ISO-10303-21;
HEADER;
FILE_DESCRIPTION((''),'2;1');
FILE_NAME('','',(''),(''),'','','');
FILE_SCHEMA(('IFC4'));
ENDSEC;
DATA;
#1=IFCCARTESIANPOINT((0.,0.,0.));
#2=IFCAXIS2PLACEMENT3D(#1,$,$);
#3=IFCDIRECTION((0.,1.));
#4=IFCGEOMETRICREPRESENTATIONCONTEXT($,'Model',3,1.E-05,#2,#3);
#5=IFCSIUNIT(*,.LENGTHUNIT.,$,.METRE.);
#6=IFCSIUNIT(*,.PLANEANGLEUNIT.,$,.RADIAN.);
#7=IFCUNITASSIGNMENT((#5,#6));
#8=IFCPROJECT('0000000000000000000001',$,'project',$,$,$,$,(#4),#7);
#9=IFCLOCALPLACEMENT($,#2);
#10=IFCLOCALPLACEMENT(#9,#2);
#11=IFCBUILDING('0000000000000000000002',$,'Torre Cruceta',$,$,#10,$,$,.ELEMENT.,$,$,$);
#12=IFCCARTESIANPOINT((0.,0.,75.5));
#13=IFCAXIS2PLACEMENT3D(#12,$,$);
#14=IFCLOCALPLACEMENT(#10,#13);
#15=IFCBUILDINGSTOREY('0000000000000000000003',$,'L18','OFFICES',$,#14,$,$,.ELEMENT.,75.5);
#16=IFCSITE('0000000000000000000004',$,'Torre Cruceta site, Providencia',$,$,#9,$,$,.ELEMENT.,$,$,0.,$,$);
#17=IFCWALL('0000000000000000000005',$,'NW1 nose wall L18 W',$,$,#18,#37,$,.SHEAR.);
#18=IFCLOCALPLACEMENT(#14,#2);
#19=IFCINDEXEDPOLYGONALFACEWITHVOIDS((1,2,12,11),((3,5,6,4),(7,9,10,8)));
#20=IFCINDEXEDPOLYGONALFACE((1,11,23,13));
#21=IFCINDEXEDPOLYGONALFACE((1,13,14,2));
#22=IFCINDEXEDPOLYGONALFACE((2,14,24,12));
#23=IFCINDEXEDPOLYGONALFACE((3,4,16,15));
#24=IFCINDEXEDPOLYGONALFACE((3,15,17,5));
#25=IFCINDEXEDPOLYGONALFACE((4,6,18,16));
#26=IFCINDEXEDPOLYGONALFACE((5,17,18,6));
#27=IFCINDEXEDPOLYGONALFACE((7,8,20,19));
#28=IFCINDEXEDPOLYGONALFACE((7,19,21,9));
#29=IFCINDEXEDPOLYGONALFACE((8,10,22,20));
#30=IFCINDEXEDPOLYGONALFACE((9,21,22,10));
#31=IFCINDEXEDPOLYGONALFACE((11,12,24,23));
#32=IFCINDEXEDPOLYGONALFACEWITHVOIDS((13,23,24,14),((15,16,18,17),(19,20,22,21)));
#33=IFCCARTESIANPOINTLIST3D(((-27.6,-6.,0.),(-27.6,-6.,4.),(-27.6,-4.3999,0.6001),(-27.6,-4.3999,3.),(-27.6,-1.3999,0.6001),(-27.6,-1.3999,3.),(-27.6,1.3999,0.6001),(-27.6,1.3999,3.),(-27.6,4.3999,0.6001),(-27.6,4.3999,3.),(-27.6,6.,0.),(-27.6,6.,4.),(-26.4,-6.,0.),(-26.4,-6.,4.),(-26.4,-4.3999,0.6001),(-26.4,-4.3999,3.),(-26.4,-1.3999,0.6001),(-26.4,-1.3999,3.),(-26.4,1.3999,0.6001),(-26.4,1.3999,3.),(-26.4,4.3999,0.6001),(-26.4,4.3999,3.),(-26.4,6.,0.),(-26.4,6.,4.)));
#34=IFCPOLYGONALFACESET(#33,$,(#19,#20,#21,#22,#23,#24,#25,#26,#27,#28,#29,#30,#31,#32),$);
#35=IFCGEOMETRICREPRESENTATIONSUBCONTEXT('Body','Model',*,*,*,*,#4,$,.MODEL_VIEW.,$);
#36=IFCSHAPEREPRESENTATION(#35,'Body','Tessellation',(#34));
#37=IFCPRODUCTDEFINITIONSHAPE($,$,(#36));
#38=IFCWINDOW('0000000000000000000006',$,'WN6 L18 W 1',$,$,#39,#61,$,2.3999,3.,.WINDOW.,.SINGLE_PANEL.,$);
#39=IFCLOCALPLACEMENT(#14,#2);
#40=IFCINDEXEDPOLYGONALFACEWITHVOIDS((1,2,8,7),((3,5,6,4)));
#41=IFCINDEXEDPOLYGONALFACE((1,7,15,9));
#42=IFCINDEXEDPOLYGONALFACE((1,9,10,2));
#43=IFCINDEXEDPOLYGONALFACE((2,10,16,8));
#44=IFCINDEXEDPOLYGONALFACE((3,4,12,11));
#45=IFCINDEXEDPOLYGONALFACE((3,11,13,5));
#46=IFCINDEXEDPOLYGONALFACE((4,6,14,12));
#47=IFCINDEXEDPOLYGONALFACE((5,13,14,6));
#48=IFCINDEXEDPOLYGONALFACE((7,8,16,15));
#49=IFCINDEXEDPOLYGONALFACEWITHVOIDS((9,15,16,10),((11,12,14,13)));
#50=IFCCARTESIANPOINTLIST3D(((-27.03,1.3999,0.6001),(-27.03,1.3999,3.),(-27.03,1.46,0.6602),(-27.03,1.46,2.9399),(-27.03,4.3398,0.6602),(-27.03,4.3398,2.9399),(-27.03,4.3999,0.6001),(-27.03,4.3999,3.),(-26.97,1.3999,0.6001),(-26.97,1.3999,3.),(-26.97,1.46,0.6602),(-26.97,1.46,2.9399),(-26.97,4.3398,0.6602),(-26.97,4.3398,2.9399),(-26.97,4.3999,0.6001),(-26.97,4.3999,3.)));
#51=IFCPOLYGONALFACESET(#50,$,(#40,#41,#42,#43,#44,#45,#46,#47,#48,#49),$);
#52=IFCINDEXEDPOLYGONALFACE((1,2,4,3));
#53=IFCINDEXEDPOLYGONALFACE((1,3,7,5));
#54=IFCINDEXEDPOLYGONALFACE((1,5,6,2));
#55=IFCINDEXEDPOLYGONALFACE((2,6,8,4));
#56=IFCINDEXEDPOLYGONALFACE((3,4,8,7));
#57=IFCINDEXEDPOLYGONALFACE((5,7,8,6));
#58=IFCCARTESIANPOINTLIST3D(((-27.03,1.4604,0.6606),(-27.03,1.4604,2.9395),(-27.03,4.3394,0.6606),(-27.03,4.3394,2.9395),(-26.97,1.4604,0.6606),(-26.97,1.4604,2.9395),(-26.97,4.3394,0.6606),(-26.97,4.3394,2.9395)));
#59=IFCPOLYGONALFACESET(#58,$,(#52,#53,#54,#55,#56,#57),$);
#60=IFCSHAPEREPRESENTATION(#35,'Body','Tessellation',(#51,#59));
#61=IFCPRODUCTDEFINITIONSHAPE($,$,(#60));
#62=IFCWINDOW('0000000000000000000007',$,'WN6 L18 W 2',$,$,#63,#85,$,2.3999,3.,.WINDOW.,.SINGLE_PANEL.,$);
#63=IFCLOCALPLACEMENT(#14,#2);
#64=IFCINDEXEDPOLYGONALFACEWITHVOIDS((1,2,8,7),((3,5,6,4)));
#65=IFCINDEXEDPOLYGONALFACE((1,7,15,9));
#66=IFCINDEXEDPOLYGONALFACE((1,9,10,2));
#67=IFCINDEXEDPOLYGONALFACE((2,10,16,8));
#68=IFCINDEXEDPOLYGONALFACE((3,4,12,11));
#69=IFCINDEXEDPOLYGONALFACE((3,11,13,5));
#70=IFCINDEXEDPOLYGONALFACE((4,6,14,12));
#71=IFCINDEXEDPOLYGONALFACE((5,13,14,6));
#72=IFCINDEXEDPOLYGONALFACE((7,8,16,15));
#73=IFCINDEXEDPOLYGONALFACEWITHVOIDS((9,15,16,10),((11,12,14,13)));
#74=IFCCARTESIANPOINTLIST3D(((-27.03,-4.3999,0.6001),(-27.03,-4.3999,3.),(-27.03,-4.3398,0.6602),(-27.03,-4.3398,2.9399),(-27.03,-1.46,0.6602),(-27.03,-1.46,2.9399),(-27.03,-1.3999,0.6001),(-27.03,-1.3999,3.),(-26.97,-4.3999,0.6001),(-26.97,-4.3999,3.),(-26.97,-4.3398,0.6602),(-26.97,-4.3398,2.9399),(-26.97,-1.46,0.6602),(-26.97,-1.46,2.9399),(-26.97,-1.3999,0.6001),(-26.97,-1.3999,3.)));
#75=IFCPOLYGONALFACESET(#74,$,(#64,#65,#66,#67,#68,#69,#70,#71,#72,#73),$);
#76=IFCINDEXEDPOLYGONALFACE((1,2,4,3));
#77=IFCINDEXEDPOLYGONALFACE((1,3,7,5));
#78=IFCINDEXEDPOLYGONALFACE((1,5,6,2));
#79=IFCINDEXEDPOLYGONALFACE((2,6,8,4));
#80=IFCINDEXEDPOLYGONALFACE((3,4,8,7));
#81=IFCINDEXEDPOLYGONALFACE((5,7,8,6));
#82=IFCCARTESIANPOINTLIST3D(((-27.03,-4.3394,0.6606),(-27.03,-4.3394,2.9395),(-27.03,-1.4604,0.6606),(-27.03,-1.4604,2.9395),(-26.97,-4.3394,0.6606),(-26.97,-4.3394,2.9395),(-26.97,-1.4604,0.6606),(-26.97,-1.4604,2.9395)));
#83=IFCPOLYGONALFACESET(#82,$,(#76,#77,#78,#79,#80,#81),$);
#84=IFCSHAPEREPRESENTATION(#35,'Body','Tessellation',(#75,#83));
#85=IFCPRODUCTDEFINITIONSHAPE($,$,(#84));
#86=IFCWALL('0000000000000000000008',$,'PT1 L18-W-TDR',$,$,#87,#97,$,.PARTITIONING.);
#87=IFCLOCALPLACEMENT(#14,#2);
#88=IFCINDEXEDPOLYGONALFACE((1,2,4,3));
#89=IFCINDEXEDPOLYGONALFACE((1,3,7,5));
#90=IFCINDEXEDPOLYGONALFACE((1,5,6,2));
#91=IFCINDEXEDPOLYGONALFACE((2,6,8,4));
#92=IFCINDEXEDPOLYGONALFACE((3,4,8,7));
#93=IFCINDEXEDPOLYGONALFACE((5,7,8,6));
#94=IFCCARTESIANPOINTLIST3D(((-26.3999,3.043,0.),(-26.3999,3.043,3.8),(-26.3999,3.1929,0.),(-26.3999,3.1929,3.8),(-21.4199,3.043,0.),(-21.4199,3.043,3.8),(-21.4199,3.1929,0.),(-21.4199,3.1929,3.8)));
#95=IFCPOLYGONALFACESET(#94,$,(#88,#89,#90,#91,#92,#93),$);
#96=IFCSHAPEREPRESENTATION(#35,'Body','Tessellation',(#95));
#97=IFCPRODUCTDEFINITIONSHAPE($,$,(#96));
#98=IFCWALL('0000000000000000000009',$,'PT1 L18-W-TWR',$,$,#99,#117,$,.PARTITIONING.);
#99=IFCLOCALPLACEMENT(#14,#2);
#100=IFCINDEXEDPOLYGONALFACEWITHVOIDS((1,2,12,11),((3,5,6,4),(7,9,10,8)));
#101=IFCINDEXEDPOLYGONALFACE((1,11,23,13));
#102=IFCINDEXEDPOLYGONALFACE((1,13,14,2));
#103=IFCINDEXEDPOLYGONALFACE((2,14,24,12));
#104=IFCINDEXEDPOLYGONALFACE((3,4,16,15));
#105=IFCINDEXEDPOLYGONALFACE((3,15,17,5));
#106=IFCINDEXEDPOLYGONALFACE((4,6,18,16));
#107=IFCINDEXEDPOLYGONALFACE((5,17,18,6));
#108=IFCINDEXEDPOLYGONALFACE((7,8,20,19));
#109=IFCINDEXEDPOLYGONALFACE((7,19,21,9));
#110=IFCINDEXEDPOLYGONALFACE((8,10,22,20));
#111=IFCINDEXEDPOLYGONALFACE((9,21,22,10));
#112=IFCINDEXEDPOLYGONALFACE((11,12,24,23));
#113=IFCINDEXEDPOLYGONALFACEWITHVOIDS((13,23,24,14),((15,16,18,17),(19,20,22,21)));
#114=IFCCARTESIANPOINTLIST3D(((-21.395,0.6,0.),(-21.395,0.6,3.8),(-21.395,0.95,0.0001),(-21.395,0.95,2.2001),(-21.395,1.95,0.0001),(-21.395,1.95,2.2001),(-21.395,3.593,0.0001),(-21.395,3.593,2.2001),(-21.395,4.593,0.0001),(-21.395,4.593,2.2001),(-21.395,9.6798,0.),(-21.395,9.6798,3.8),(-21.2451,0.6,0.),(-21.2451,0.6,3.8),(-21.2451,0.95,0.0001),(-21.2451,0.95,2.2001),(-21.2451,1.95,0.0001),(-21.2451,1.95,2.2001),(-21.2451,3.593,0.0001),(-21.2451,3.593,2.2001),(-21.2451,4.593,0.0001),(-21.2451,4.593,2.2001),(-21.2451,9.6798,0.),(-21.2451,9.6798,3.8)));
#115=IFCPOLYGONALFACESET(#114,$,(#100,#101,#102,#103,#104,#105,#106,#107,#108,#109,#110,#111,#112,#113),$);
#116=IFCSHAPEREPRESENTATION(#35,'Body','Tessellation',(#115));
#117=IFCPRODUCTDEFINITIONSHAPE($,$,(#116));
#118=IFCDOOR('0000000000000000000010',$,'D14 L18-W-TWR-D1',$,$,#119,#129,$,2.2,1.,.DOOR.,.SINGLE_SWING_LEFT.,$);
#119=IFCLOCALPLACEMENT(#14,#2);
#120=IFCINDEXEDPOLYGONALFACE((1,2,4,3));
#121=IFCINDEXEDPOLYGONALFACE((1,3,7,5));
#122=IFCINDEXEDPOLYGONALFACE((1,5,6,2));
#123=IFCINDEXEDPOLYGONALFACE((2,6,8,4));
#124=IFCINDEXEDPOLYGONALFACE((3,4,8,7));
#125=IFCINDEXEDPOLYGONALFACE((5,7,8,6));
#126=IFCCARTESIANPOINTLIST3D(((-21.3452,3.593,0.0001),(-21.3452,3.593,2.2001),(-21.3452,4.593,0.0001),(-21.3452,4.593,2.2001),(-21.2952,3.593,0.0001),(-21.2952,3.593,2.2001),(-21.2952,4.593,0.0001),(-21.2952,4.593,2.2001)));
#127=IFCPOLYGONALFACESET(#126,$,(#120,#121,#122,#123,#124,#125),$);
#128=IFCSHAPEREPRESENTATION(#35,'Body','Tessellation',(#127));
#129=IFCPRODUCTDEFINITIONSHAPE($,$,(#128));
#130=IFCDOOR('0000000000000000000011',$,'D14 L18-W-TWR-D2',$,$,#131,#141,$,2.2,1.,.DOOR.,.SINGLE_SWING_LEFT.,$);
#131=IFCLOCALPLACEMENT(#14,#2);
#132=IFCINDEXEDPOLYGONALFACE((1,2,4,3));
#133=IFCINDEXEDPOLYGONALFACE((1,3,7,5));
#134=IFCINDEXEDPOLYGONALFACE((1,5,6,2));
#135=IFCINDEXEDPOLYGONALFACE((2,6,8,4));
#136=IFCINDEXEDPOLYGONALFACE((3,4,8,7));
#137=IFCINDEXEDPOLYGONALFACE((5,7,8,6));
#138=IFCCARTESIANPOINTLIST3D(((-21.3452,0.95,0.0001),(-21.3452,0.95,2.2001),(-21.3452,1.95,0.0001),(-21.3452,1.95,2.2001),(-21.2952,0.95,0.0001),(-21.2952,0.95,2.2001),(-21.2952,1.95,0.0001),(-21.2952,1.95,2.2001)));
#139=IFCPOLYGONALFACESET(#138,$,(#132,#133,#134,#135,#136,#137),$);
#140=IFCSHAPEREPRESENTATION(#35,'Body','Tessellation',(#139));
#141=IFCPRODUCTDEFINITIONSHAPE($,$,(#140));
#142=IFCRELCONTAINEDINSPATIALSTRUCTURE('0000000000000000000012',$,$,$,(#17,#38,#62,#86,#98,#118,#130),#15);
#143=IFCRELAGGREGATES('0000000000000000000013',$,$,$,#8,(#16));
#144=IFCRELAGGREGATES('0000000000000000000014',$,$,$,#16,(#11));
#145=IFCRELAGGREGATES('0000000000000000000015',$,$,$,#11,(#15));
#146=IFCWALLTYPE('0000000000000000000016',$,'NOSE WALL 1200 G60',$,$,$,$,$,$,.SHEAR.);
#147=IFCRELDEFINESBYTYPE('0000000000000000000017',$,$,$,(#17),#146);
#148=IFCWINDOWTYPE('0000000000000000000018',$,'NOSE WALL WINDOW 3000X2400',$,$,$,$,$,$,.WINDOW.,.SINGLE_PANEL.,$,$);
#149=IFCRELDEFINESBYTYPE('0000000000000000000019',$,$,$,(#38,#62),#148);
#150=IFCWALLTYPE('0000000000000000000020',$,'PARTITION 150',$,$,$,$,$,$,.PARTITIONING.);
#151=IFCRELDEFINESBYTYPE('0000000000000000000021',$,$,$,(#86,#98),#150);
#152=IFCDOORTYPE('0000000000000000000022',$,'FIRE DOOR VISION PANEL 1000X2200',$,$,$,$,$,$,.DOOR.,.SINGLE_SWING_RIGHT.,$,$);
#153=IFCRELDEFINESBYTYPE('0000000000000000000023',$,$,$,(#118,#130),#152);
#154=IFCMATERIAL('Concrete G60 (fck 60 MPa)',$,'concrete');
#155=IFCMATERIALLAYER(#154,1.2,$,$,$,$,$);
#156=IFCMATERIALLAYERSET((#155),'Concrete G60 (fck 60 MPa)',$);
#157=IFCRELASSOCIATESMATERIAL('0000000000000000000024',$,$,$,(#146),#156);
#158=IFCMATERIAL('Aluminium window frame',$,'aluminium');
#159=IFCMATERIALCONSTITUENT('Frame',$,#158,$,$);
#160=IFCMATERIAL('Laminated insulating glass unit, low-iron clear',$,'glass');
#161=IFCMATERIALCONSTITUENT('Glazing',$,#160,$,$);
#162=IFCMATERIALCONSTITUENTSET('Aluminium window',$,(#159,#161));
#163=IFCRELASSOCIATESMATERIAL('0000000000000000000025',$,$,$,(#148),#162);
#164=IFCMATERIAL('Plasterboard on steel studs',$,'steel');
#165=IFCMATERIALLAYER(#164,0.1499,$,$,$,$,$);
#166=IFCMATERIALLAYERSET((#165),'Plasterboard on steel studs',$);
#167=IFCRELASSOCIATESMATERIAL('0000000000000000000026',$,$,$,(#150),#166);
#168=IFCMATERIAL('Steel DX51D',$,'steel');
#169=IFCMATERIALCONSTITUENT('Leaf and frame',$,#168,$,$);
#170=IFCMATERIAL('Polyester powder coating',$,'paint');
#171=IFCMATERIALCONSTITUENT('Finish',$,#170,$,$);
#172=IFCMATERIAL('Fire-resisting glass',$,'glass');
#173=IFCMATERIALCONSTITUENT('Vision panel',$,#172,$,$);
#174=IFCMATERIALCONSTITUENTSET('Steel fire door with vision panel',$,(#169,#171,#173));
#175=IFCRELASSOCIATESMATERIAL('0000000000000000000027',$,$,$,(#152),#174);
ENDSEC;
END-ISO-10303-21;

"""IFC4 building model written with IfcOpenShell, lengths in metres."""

from ifc_helpers import new_model, si_unit, direction, frame, frame_2d, origin, place, context, subcontext, project, spatial, rectangle, hollow_rectangle, extrude, material, layer, layer_set, constituent, constituent_set, type_object, element, fill, save


model = new_model("IFC4")

# Units and contexts
model_context = context("Model", 3, precision=1e-05, world=origin(), true_north=direction((0.0, 1.0)))
body_context = subcontext(model_context, "Body", "Model", "MODEL_VIEW")
ifc_project = project(units=[si_unit("LENGTHUNIT", "METRE"), si_unit("PLANEANGLEUNIT", "RADIAN")], contexts=[model_context])

# Site, building, storey
site_placement = place(None, origin())
site = spatial("IfcSite", under=ifc_project, at=site_placement, Name="Torre Cruceta site, Providencia", CompositionType="ELEMENT", RefElevation=0.0)
building_placement = place(site_placement, origin())
building = spatial("IfcBuilding", under=site, at=building_placement, Name="Torre Cruceta", CompositionType="ELEMENT")
storey_placement = place(building_placement, frame((0.0, 0.0, 75.5)))
storey = spatial("IfcBuildingStorey", under=building, at=storey_placement, Name="L18", Description="OFFICES", CompositionType="ELEMENT", Elevation=75.5)

# Wall, openings, windows
ifc_material_1 = material(Name="Concrete G60 (fck 60 MPa)", Category="concrete")
ifc_layer_1 = layer(ifc_material_1, 1.2)
ifc_layer_set_1 = layer_set([ifc_layer_1], Name="Concrete G60 (fck 60 MPa)")
wall_type_1 = type_object("IfcWallType", Name="NOSE WALL 1200 G60", PredefinedType="SHEAR", material=ifc_layer_set_1)
wall_1_placement = place(storey_placement, frame((-27.0, 6.0, 0.0), z_axis=(0.0, 0.0, 1.0), x_axis=(0.0, -1.0, 0.0)))
wall_1 = element("IfcWall", 1, at=wall_1_placement, inside=storey, type_object=wall_type_1, Name="NW1 nose wall L18 W", PredefinedType="SHEAR", context=body_context, shape_type="SweptSolid", body=[
    extrude(rectangle(XDim=12.0, YDim=1.2, at=frame_2d((6.0, 0.0))), origin(), (0.0, 0.0, 1.0), 4.0),
])
opening_1_placement = place(wall_1_placement, frame((1.6001, 0.0, 0.6001)))
opening_1 = element("IfcOpeningElement", 2, at=opening_1_placement, cuts=wall_1, PredefinedType="OPENING", context=body_context, shape_type="SweptSolid", body=[
    extrude(rectangle(XDim=3.0, YDim=2.3999, at=frame_2d((1.5, 1.2))), frame((0.0, 0.6099, 0.0), z_axis=(0.0, -1.0, 0.0), x_axis=(1.0, 0.0, 0.0)), (0.0, 0.0, 1.0), 1.22),
])
opening_2_placement = place(wall_1_placement, frame((7.3999, 0.0, 0.6001)))
opening_2 = element("IfcOpeningElement", 3, at=opening_2_placement, cuts=wall_1, PredefinedType="OPENING", context=body_context, shape_type="SweptSolid", body=[
    extrude(rectangle(XDim=3.0, YDim=2.3999, at=frame_2d((1.5, 1.2))), frame((0.0, 0.6099, 0.0), z_axis=(0.0, -1.0, 0.0), x_axis=(1.0, 0.0, 0.0)), (0.0, 0.0, 1.0), 1.22),
])
ifc_material_2 = material(Name="Aluminium window frame", Category="aluminium")
ifc_constituent_1 = constituent(ifc_material_2, Name="Frame")
ifc_material_3 = material(Name="Laminated insulating glass unit, low-iron clear", Category="glass")
ifc_constituent_2 = constituent(ifc_material_3, Name="Glazing")
ifc_constituent_set_1 = constituent_set(constituents=[ifc_constituent_1, ifc_constituent_2], Name="Aluminium window")
window_type_1 = type_object("IfcWindowType", Name="NOSE WALL WINDOW 3000X2400", PartitioningType="SINGLE_PANEL", PredefinedType="WINDOW", material=ifc_constituent_set_1)
window_1_placement = place(opening_1_placement, origin())
window_1 = element("IfcWindow", 4, at=window_1_placement, inside=storey, type_object=window_type_1, Name="WN6 L18 W 1", OverallHeight=2.3999, OverallWidth=3.0, PartitioningType="SINGLE_PANEL", PredefinedType="WINDOW", context=body_context, shape_type="SweptSolid", body=[
    extrude(hollow_rectangle(XDim=3.0, YDim=2.3999, WallThickness=0.0601, at=frame_2d((1.5, 1.2))), frame((0.0, 0.03, 0.0), z_axis=(0.0, -1.0, 0.0), x_axis=(1.0, 0.0, 0.0)), (0.0, 0.0, 1.0), 0.0601),
    extrude(rectangle(XDim=2.8789, YDim=2.2788, at=frame_2d((1.5, 1.2))), frame((0.0, 0.03, 0.0), z_axis=(0.0, -1.0, 0.0), x_axis=(1.0, 0.0, 0.0)), (0.0, 0.0, 1.0), 0.0601),
])
fill(opening_1, window_1)
window_2_placement = place(opening_2_placement, origin())
window_2 = element("IfcWindow", 5, at=window_2_placement, inside=storey, type_object=window_type_1, Name="WN6 L18 W 2", OverallHeight=2.3999, OverallWidth=3.0, PartitioningType="SINGLE_PANEL", PredefinedType="WINDOW", context=body_context, shape_type="SweptSolid", body=[
    extrude(hollow_rectangle(XDim=3.0, YDim=2.3999, WallThickness=0.0601, at=frame_2d((1.5, 1.2))), frame((0.0, 0.03, 0.0), z_axis=(0.0, -1.0, 0.0), x_axis=(1.0, 0.0, 0.0)), (0.0, 0.0, 1.0), 0.0601),
    extrude(rectangle(XDim=2.8789, YDim=2.2788, at=frame_2d((1.5, 1.2))), frame((0.0, 0.03, 0.0), z_axis=(0.0, -1.0, 0.0), x_axis=(1.0, 0.0, 0.0)), (0.0, 0.0, 1.0), 0.0601),
])
fill(opening_2, window_2)

# Wall
ifc_material_4 = material(Name="Plasterboard on steel studs", Category="steel")
ifc_layer_2 = layer(ifc_material_4, 0.1499)
ifc_layer_set_2 = layer_set([ifc_layer_2], Name="Plasterboard on steel studs")
wall_type_2 = type_object("IfcWallType", Name="PARTITION 150", PredefinedType="PARTITIONING", material=ifc_layer_set_2)
wall_2_placement = place(storey_placement, frame((-21.4199, 3.1179, 0.0), z_axis=(0.0, 0.0, 1.0), x_axis=(-1.0, 0.0, 0.0)))
element("IfcWall", 6, at=wall_2_placement, inside=storey, type_object=wall_type_2, Name="PT1 L18-W-TDR", PredefinedType="PARTITIONING", context=body_context, shape_type="SweptSolid", body=[
    extrude(rectangle(XDim=4.98, YDim=0.1499, at=frame_2d((2.49, 0.0))), origin(), (0.0, 0.0, 1.0), 3.8),
])

# Wall, openings, doors
wall_3_placement = place(storey_placement, frame((-21.3201, 9.6799, 0.0), z_axis=(0.0, 0.0, 1.0), x_axis=(0.0, -1.0, 0.0)))
wall_3 = element("IfcWall", 7, at=wall_3_placement, inside=storey, type_object=wall_type_2, Name="PT1 L18-W-TWR", PredefinedType="PARTITIONING", context=body_context, shape_type="SweptSolid", body=[
    extrude(rectangle(XDim=9.0798, YDim=0.1499, at=frame_2d((4.54, 0.0))), origin(), (0.0, 0.0, 1.0), 3.8),
])
opening_3_placement = place(wall_3_placement, frame((5.0869, 0.0, 0.0)))
opening_3 = element("IfcOpeningElement", 8, at=opening_3_placement, cuts=wall_3, PredefinedType="OPENING", context=body_context, shape_type="SweptSolid", body=[
    extrude(rectangle(XDim=1.0, YDim=2.2, at=frame_2d((0.5, 1.1001))), frame((0.0, 0.085, 0.0), z_axis=(0.0, -1.0, 0.0), x_axis=(1.0, 0.0, 0.0)), (0.0, 0.0, 1.0), 0.1699),
])
opening_4_placement = place(wall_3_placement, frame((7.73, 0.0, 0.0)))
opening_4 = element("IfcOpeningElement", 9, at=opening_4_placement, cuts=wall_3, PredefinedType="OPENING", context=body_context, shape_type="SweptSolid", body=[
    extrude(rectangle(XDim=1.0, YDim=2.2, at=frame_2d((0.5, 1.1001))), frame((0.0, 0.085, 0.0), z_axis=(0.0, -1.0, 0.0), x_axis=(1.0, 0.0, 0.0)), (0.0, 0.0, 1.0), 0.1699),
])
ifc_material_5 = material(Name="Steel DX51D", Category="steel")
ifc_constituent_3 = constituent(ifc_material_5, Name="Leaf and frame")
ifc_material_6 = material(Name="Polyester powder coating", Category="paint")
ifc_constituent_4 = constituent(ifc_material_6, Name="Finish")
ifc_material_7 = material(Name="Fire-resisting glass", Category="glass")
ifc_constituent_5 = constituent(ifc_material_7, Name="Vision panel")
ifc_constituent_set_2 = constituent_set(constituents=[ifc_constituent_3, ifc_constituent_4, ifc_constituent_5], Name="Steel fire door with vision panel")
door_type = type_object("IfcDoorType", Name="FIRE DOOR VISION PANEL 1000X2200", OperationType="SINGLE_SWING_RIGHT", PredefinedType="DOOR", material=ifc_constituent_set_2)
door_1_placement = place(opening_3_placement, frame((1.0, 0.0, 0.0), z_axis=(0.0, 0.0, 1.0), x_axis=(-1.0, 0.0, 0.0)))
door_1 = element("IfcDoor", 10, at=door_1_placement, inside=storey, type_object=door_type, Name="D14 L18-W-TWR-D1", OperationType="SINGLE_SWING_LEFT", OverallHeight=2.2, OverallWidth=1.0, PredefinedType="DOOR", context=body_context, shape_type="SweptSolid", body=[
    extrude(rectangle(XDim=1.0, YDim=2.2, at=frame_2d((0.5, 1.1001))), frame((0.0, 0.0251, 0.0), z_axis=(0.0, -1.0, 0.0), x_axis=(1.0, 0.0, 0.0)), (0.0, 0.0, 1.0), 0.05),
])
fill(opening_3, door_1)
door_2_placement = place(opening_4_placement, frame((1.0, 0.0, 0.0), z_axis=(0.0, 0.0, 1.0), x_axis=(-1.0, 0.0, 0.0)))
door_2 = element("IfcDoor", 11, at=door_2_placement, inside=storey, type_object=door_type, Name="D14 L18-W-TWR-D2", OperationType="SINGLE_SWING_LEFT", OverallHeight=2.2, OverallWidth=1.0, PredefinedType="DOOR", context=body_context, shape_type="SweptSolid", body=[
    extrude(rectangle(XDim=1.0, YDim=2.2, at=frame_2d((0.5, 1.1001))), frame((0.0, 0.0251, 0.0), z_axis=(0.0, -1.0, 0.0), x_axis=(1.0, 0.0, 0.0)), (0.0, 0.0, 1.0), 0.05),
])
fill(opening_4, door_2)

save(model, "model.ifc")
